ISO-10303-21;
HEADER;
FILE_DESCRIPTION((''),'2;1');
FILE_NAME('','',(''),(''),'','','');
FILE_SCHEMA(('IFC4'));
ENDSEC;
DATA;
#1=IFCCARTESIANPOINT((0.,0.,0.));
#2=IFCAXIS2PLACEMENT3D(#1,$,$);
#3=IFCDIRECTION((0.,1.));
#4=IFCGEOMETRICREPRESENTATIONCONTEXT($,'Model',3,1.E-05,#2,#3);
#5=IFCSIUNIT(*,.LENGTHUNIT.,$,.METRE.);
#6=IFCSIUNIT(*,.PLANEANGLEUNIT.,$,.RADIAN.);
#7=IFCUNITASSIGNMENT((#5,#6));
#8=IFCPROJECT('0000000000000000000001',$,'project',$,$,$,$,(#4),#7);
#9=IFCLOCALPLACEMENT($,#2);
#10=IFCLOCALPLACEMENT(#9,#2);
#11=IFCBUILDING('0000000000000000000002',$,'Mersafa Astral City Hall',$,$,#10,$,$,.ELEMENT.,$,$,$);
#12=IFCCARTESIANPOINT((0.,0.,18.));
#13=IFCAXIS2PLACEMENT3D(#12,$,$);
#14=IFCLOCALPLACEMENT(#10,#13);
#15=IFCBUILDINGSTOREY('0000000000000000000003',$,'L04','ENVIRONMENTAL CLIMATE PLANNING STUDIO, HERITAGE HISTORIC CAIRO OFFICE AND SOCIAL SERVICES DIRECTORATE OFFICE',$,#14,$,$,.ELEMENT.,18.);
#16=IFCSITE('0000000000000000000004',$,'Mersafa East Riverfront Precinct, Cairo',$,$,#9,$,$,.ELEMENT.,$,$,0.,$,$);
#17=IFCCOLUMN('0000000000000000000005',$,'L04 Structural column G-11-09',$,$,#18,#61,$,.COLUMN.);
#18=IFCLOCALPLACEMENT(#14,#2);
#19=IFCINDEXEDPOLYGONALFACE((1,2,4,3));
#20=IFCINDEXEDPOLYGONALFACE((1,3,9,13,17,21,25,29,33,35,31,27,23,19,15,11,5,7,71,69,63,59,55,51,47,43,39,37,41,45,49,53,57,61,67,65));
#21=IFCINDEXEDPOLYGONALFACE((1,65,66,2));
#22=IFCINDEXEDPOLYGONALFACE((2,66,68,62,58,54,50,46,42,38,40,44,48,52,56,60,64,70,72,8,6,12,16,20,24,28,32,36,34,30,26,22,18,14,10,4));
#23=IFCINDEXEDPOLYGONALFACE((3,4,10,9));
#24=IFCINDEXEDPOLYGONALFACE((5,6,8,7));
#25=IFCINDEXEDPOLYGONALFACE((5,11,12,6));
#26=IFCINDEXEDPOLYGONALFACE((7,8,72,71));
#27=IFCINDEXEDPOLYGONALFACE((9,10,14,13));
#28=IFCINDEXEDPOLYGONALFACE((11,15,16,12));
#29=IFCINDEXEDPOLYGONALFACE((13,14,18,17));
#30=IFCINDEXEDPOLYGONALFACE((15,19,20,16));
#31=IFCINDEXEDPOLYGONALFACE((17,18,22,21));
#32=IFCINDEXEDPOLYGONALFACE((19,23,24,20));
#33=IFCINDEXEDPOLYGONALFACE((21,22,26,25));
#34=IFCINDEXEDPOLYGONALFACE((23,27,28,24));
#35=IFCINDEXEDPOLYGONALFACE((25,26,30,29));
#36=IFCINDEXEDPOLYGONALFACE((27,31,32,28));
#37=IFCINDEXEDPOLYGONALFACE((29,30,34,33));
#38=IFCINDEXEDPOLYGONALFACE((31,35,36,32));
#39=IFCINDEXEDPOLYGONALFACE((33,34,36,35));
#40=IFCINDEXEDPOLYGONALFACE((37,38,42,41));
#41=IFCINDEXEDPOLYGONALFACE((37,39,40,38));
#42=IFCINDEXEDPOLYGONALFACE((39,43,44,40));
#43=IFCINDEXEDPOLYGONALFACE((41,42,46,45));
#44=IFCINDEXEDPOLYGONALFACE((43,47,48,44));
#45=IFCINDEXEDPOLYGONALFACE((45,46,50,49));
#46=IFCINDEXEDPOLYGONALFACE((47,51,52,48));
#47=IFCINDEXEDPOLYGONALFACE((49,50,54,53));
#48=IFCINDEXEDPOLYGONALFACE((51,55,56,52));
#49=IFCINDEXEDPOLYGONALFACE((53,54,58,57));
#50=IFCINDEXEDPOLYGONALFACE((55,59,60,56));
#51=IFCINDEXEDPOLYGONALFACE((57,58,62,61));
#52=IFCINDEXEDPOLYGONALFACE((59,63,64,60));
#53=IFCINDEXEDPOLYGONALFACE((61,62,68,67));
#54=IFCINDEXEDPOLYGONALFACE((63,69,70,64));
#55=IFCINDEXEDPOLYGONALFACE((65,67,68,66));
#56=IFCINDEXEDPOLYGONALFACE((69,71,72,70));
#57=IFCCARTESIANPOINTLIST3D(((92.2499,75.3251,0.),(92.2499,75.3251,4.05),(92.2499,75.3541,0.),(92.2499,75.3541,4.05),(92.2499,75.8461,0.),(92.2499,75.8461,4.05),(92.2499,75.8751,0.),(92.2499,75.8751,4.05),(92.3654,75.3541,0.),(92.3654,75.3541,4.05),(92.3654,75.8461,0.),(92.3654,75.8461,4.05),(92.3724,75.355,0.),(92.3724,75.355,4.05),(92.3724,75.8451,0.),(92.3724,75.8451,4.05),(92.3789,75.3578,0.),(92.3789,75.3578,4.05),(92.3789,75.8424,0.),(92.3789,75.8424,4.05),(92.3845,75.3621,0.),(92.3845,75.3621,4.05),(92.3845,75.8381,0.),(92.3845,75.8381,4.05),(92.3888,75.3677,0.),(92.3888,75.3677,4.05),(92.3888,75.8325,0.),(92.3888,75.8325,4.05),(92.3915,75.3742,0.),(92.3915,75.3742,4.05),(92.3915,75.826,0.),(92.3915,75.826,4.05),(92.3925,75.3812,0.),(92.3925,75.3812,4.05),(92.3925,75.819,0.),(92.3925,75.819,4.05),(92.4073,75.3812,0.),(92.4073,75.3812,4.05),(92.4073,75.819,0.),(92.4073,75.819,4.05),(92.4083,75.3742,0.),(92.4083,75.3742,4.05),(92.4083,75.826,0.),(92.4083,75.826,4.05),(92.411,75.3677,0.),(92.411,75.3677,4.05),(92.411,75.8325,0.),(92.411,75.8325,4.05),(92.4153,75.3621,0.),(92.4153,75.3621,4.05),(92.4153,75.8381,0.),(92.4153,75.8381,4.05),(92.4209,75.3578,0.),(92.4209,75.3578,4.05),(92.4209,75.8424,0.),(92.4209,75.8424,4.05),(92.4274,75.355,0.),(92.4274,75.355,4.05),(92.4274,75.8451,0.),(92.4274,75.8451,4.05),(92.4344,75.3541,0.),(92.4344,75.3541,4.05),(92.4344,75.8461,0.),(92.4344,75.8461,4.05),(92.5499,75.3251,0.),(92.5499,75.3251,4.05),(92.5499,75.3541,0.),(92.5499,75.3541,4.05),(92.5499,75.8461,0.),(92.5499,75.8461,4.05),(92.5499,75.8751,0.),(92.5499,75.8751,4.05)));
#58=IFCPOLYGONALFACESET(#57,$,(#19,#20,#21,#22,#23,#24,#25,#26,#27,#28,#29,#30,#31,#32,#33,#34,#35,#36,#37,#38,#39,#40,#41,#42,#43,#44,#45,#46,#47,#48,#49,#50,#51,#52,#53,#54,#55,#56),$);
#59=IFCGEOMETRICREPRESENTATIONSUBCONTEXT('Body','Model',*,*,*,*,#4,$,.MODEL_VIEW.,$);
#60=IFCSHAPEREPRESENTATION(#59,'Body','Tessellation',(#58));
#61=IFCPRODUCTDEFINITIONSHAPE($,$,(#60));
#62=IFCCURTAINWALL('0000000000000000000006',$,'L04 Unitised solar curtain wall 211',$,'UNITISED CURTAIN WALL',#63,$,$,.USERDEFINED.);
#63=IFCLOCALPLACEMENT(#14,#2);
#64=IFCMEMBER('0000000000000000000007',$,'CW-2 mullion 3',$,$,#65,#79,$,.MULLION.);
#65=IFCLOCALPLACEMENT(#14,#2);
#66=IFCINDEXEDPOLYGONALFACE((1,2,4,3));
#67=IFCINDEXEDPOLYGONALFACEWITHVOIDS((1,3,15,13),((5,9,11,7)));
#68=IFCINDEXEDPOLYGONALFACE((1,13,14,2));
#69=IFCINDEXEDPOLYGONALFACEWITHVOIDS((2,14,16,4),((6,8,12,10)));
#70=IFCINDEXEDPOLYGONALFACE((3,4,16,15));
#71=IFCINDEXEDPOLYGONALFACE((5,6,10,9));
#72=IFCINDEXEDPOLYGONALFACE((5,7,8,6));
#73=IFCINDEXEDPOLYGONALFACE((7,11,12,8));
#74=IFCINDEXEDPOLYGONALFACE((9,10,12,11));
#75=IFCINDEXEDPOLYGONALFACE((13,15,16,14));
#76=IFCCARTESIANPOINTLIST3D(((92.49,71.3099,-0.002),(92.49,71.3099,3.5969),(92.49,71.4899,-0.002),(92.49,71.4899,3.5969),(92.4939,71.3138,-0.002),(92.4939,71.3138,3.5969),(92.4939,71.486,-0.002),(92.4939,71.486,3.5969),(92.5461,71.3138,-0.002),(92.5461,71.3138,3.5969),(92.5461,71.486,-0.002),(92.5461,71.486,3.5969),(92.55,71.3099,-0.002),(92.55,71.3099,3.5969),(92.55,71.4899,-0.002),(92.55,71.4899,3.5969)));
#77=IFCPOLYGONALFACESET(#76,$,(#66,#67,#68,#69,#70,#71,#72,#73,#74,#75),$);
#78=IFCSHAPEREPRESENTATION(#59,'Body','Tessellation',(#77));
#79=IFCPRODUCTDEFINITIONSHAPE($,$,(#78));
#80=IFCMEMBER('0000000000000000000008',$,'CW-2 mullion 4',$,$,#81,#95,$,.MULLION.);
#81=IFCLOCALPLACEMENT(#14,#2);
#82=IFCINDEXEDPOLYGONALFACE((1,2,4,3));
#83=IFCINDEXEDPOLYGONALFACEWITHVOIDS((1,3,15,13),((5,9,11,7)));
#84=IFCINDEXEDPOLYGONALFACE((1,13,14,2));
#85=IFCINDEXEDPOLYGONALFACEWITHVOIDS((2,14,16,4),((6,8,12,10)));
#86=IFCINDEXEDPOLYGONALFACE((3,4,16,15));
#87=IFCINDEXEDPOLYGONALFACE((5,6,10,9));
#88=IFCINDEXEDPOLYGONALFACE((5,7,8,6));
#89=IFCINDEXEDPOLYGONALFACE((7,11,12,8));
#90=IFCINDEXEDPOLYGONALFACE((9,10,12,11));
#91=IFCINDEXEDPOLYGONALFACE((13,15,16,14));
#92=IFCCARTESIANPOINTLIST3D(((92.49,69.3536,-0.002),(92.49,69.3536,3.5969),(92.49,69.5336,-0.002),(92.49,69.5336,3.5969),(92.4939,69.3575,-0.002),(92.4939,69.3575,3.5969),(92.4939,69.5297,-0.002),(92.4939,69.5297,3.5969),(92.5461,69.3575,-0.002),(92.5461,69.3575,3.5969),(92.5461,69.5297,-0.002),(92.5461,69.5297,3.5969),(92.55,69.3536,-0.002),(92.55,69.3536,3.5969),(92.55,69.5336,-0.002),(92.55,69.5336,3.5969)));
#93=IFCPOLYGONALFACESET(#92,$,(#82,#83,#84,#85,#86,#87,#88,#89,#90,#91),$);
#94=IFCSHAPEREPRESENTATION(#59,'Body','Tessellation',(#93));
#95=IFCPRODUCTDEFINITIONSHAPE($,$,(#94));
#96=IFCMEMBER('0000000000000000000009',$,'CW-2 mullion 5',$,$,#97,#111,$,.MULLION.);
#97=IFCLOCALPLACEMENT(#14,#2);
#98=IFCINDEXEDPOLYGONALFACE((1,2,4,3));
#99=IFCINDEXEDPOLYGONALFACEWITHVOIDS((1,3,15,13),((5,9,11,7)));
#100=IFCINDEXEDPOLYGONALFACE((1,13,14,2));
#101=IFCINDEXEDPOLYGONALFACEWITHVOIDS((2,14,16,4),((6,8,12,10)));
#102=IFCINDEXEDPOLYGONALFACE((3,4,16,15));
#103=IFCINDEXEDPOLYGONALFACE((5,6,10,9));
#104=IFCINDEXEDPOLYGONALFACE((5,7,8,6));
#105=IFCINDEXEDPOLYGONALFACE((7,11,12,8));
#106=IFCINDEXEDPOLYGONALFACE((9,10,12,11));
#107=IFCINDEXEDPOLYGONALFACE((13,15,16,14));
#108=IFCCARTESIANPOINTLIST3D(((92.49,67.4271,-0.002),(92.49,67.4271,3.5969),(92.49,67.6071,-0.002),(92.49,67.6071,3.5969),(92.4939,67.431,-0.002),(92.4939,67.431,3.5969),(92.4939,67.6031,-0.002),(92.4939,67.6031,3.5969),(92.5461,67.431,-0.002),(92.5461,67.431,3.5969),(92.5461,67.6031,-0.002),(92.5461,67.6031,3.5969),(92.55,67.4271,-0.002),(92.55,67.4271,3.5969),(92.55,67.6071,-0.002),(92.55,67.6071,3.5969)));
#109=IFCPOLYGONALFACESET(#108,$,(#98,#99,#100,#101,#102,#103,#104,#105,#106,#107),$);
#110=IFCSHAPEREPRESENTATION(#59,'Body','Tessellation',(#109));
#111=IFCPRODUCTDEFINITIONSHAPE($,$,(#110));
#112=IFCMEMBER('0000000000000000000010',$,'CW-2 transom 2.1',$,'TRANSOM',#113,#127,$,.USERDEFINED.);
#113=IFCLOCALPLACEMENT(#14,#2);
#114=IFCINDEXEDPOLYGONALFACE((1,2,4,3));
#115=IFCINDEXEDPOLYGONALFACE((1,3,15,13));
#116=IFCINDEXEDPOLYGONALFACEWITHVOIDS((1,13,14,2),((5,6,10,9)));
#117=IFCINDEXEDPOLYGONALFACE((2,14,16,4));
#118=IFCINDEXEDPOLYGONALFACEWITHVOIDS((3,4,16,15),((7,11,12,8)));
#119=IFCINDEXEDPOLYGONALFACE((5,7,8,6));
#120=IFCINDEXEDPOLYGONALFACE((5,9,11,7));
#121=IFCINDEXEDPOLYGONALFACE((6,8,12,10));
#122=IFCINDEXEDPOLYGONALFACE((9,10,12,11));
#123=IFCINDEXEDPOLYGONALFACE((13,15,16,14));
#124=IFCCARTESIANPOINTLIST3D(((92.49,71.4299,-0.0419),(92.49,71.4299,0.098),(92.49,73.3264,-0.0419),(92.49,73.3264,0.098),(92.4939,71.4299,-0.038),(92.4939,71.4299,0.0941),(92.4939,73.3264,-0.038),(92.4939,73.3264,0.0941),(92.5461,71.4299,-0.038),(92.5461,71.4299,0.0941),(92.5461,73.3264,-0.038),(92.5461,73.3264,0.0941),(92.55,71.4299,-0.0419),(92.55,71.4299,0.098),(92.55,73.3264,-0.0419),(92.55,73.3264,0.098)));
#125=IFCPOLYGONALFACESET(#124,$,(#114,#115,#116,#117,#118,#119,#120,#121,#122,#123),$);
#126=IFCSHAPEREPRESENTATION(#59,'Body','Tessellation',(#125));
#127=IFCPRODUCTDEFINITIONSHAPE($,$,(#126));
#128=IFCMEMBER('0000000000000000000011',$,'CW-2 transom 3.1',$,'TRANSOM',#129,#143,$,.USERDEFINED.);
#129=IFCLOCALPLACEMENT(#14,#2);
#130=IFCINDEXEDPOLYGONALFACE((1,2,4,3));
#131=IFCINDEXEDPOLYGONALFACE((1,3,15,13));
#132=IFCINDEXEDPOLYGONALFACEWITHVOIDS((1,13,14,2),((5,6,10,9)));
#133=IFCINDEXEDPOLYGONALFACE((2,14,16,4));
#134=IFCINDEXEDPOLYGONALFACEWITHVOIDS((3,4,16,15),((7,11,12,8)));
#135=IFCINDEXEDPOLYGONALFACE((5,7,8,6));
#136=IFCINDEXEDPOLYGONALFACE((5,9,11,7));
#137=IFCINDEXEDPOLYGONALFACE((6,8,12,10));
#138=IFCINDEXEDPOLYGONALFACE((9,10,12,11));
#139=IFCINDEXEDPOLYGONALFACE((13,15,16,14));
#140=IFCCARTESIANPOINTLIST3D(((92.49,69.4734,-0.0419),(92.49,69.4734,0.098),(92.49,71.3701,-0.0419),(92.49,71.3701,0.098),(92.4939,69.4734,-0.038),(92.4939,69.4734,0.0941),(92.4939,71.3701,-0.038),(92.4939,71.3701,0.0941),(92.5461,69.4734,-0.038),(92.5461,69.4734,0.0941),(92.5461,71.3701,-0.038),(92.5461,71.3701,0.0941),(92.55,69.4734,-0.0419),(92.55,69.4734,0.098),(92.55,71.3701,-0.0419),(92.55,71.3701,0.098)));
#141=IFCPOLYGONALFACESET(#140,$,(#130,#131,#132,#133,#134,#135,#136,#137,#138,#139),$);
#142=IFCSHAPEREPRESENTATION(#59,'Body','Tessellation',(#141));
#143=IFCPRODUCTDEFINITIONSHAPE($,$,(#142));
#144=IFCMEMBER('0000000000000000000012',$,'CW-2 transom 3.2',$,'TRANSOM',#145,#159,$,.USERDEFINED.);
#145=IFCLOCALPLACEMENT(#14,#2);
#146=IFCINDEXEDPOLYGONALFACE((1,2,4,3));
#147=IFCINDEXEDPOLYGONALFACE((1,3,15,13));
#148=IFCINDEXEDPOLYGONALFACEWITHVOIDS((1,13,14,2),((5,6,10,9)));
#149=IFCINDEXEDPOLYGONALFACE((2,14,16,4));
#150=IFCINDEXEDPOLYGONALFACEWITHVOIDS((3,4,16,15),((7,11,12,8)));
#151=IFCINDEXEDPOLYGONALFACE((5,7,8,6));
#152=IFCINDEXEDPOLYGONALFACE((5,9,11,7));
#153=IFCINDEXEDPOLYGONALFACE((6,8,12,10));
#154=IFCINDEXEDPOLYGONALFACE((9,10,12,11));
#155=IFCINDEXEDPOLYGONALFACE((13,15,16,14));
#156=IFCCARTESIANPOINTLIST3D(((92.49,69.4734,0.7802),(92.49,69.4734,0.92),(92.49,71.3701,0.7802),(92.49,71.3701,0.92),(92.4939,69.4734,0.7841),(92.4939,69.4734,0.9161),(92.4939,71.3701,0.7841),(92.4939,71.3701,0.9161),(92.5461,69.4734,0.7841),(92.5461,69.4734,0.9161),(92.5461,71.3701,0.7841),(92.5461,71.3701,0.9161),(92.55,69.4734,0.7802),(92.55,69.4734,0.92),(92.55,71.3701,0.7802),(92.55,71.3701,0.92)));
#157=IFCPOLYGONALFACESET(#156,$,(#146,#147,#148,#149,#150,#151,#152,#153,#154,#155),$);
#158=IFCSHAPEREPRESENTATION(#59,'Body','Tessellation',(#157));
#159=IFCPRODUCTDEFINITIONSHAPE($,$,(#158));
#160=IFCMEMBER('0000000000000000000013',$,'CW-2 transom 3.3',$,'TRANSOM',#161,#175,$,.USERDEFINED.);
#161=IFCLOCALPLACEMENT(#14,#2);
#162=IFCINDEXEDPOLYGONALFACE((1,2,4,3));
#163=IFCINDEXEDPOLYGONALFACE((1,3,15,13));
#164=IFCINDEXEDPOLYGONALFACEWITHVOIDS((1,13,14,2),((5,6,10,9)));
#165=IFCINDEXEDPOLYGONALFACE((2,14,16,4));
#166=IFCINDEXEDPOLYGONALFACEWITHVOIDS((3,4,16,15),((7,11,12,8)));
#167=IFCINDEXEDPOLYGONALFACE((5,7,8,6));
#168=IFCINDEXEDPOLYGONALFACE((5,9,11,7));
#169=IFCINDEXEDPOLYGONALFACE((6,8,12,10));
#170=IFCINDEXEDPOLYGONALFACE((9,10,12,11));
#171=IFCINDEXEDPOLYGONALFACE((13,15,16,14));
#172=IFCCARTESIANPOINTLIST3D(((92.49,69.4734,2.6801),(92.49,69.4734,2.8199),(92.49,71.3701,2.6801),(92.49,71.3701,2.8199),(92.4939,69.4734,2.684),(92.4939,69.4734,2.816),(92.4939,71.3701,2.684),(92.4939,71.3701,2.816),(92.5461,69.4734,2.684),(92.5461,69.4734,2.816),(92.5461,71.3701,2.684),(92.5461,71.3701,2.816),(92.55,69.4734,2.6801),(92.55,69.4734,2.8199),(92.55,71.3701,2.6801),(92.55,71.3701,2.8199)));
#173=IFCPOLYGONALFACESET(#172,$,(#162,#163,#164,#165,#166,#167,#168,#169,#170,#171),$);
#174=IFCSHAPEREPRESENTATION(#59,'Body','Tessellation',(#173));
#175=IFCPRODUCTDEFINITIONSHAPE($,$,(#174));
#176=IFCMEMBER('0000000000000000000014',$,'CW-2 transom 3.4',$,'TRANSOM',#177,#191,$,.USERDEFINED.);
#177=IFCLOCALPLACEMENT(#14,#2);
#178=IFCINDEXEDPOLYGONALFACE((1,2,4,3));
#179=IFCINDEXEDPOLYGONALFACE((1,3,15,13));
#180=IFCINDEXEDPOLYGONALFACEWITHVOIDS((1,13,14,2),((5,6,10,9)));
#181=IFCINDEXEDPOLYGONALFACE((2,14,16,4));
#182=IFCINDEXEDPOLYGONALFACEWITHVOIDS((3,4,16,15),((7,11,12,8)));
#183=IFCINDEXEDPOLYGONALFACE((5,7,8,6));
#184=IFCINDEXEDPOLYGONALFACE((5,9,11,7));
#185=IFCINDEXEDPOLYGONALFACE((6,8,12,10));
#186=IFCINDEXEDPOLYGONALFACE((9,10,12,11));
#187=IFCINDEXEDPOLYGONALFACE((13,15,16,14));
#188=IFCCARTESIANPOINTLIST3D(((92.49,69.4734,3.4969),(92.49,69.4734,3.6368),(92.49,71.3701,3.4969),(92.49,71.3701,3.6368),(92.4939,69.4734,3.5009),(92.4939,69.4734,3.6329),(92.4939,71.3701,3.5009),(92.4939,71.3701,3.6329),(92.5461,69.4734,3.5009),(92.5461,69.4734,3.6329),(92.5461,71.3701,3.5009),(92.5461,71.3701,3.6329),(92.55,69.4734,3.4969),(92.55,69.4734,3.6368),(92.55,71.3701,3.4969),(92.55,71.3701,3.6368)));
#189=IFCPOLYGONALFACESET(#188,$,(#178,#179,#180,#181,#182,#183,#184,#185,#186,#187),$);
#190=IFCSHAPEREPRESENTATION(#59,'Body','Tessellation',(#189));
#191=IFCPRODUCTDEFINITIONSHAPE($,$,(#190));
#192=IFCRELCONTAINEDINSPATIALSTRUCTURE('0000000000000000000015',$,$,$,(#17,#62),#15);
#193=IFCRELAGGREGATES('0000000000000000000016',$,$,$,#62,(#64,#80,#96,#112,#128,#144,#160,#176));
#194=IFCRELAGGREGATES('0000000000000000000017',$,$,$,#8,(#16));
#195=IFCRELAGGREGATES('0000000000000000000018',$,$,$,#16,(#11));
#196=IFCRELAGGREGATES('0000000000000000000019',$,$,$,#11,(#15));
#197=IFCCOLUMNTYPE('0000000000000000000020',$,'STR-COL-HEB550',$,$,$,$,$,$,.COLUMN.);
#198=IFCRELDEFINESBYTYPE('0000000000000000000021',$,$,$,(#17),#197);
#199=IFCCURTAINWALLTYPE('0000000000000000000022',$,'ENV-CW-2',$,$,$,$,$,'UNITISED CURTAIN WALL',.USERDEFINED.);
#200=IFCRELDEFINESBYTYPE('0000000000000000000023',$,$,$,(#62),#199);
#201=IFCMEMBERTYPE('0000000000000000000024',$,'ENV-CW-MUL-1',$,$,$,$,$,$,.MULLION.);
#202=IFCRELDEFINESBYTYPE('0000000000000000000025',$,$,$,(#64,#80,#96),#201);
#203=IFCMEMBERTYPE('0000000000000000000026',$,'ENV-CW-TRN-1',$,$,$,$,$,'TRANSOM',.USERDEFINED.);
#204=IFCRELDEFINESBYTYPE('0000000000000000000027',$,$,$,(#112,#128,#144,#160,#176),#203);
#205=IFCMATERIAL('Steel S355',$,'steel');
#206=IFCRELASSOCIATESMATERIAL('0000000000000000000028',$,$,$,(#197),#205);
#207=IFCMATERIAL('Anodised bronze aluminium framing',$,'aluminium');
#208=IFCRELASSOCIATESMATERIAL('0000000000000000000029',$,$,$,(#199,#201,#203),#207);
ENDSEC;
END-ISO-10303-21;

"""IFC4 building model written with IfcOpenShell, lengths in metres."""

from ifc_helpers import new_model, si_unit, direction, frame, origin, origin_2d, place, context, subcontext, project, spatial, hollow_rectangle, i_section, extrude, material, material_profile, profile_set, type_object, element, aggregate, save


model = new_model("IFC4")

# Units and contexts
model_context = context("Model", 3, precision=1e-05, world=origin(), true_north=direction((0.0, 1.0)))
body_context = subcontext(model_context, "Body", "Model", "MODEL_VIEW")
ifc_project = project(units=[si_unit("LENGTHUNIT", "METRE"), si_unit("PLANEANGLEUNIT", "RADIAN")], contexts=[model_context])

# Site, building, storey
site_placement = place(None, origin())
site = spatial("IfcSite", under=ifc_project, at=site_placement, Name="Mersafa East Riverfront Precinct, Cairo", CompositionType="ELEMENT", RefElevation=0.0)
building_placement = place(site_placement, origin())
building = spatial("IfcBuilding", under=site, at=building_placement, Name="Mersafa Astral City Hall", CompositionType="ELEMENT")
storey_placement = place(building_placement, frame((0.0, 0.0, 18.0)))
storey = spatial("IfcBuildingStorey", under=building, at=storey_placement, Name="L04", Description="ENVIRONMENTAL CLIMATE PLANNING STUDIO, HERITAGE HISTORIC CAIRO OFFICE AND SOCIAL SERVICES DIRECTORATE OFFICE", CompositionType="ELEMENT", Elevation=18.0)

# Column
ifc_material_1 = material(Name="Steel S355", Category="steel")
ifc_material_profile_1 = material_profile(ifc_material_1, i_section(OverallWidth=0.3, OverallDepth=0.55, WebThickness=0.0149, FlangeThickness=0.0291, FilletRadius=0.0271, at=origin_2d()), Name="HEB 550")
ifc_profile_set_1 = profile_set([ifc_material_profile_1], Name="Steel S355")
column_type = type_object("IfcColumnType", Name="STR-COL-HEB550", PredefinedType="COLUMN", material=ifc_profile_set_1)
column_placement = place(storey_placement, frame((92.3999, 75.6001, 0.0), z_axis=(0.0, 0.0, 1.0), x_axis=(1.0, 0.0, 0.0)))
element("IfcColumn", 1, at=column_placement, inside=storey, type_object=column_type, Name="L04 Structural column G-11-09", PredefinedType="COLUMN", context=body_context, shape_type="SweptSolid", body=[
    extrude(i_section(OverallWidth=0.3, OverallDepth=0.55, WebThickness=0.0149, FlangeThickness=0.0291, FilletRadius=0.0271, at=origin_2d()), origin(), (0.0, 0.0, 1.0), 4.05),
])

# Curtain wall, members
ifc_material_2 = material(Name="Anodised bronze aluminium framing", Category="aluminium")
curtain_wall_type = type_object("IfcCurtainWallType", Name="ENV-CW-2", ElementType="UNITISED CURTAIN WALL", PredefinedType="USERDEFINED", material=ifc_material_2)
curtain_wall_placement = place(storey_placement, origin())
curtain_wall = element("IfcCurtainWall", 2, at=curtain_wall_placement, inside=storey, type_object=curtain_wall_type, Name="L04 Unitised solar curtain wall 211", ObjectType="UNITISED CURTAIN WALL", PredefinedType="USERDEFINED")
ifc_material_profile_2 = material_profile(ifc_material_2, hollow_rectangle(XDim=0.0601, YDim=0.1799, WallThickness=0.0039, at=origin_2d()), Name="RHS 60x180x4")
ifc_profile_set_2 = profile_set([ifc_material_profile_2], Name="Anodised bronze aluminium framing")
member_type_1 = type_object("IfcMemberType", Name="ENV-CW-MUL-1", PredefinedType="MULLION", material=ifc_profile_set_2)
member_1_placement = place(storey_placement, frame((92.52, 71.3999, -0.002), z_axis=(0.0, 0.0, 1.0), x_axis=(1.0, 0.0, 0.0)))
member_1 = element("IfcMember", 3, at=member_1_placement, type_object=member_type_1, Name="CW-2 mullion 3", PredefinedType="MULLION", context=body_context, shape_type="SweptSolid", body=[
    extrude(hollow_rectangle(XDim=0.0601, YDim=0.1799, WallThickness=0.0039, at=origin_2d()), origin(), (0.0, 0.0, 1.0), 3.5989),
])
member_2_placement = place(storey_placement, frame((92.52, 69.4436, -0.002), z_axis=(0.0, 0.0, 1.0), x_axis=(1.0, 0.0, 0.0)))
member_2 = element("IfcMember", 4, at=member_2_placement, type_object=member_type_1, Name="CW-2 mullion 4", PredefinedType="MULLION", context=body_context, shape_type="SweptSolid", body=[
    extrude(hollow_rectangle(XDim=0.0601, YDim=0.1799, WallThickness=0.0039, at=origin_2d()), origin(), (0.0, 0.0, 1.0), 3.5989),
])
member_3_placement = place(storey_placement, frame((92.52, 67.5171, -0.002), z_axis=(0.0, 0.0, 1.0), x_axis=(1.0, 0.0, 0.0)))
member_3 = element("IfcMember", 5, at=member_3_placement, type_object=member_type_1, Name="CW-2 mullion 5", PredefinedType="MULLION", context=body_context, shape_type="SweptSolid", body=[
    extrude(hollow_rectangle(XDim=0.0601, YDim=0.1799, WallThickness=0.0039, at=origin_2d()), origin(), (0.0, 0.0, 1.0), 3.5989),
])
ifc_material_profile_3 = material_profile(ifc_material_2, hollow_rectangle(XDim=0.0601, YDim=0.1399, WallThickness=0.0039, at=origin_2d()), Name="RHS 60x140x4")
ifc_profile_set_3 = profile_set([ifc_material_profile_3], Name="Anodised bronze aluminium framing")
member_type_2 = type_object("IfcMemberType", Name="ENV-CW-TRN-1", ElementType="TRANSOM", PredefinedType="USERDEFINED", material=ifc_profile_set_3)
member_4_placement = place(storey_placement, frame((92.52, 73.3264, 0.0281), z_axis=(0.0, -1.0, 0.0), x_axis=(1.0, 0.0, 0.0)))
member_4 = element("IfcMember", 6, at=member_4_placement, type_object=member_type_2, Name="CW-2 transom 2.1", ObjectType="TRANSOM", PredefinedType="USERDEFINED", context=body_context, shape_type="SweptSolid", body=[
    extrude(hollow_rectangle(XDim=0.0601, YDim=0.1399, WallThickness=0.0039, at=origin_2d()), origin(), (0.0, 0.0, 1.0), 1.8965),
])
member_5_placement = place(storey_placement, frame((92.52, 71.3701, 0.0281), z_axis=(0.0, -1.0, 0.0), x_axis=(1.0, 0.0, 0.0)))
member_5 = element("IfcMember", 7, at=member_5_placement, type_object=member_type_2, Name="CW-2 transom 3.1", ObjectType="TRANSOM", PredefinedType="USERDEFINED", context=body_context, shape_type="SweptSolid", body=[
    extrude(hollow_rectangle(XDim=0.0601, YDim=0.1399, WallThickness=0.0039, at=origin_2d()), origin(), (0.0, 0.0, 1.0), 1.8967),
])
member_6_placement = place(storey_placement, frame((92.52, 71.3701, 0.8501), z_axis=(0.0, -1.0, 0.0), x_axis=(1.0, 0.0, 0.0)))
member_6 = element("IfcMember", 8, at=member_6_placement, type_object=member_type_2, Name="CW-2 transom 3.2", ObjectType="TRANSOM", PredefinedType="USERDEFINED", context=body_context, shape_type="SweptSolid", body=[
    extrude(hollow_rectangle(XDim=0.0601, YDim=0.1399, WallThickness=0.0039, at=origin_2d()), origin(), (0.0, 0.0, 1.0), 1.8967),
])
member_7_placement = place(storey_placement, frame((92.52, 71.3701, 2.75), z_axis=(0.0, -1.0, 0.0), x_axis=(1.0, 0.0, 0.0)))
member_7 = element("IfcMember", 9, at=member_7_placement, type_object=member_type_2, Name="CW-2 transom 3.3", ObjectType="TRANSOM", PredefinedType="USERDEFINED", context=body_context, shape_type="SweptSolid", body=[
    extrude(hollow_rectangle(XDim=0.0601, YDim=0.1399, WallThickness=0.0039, at=origin_2d()), origin(), (0.0, 0.0, 1.0), 1.8967),
])
member_8_placement = place(storey_placement, frame((92.52, 71.3701, 3.5669), z_axis=(0.0, -1.0, 0.0), x_axis=(1.0, 0.0, 0.0)))
member_8 = element("IfcMember", 10, at=member_8_placement, type_object=member_type_2, Name="CW-2 transom 3.4", ObjectType="TRANSOM", PredefinedType="USERDEFINED", context=body_context, shape_type="SweptSolid", body=[
    extrude(hollow_rectangle(XDim=0.0601, YDim=0.1399, WallThickness=0.0039, at=origin_2d()), origin(), (0.0, 0.0, 1.0), 1.8967),
])

aggregate(curtain_wall, [member_1, member_2, member_3, member_4, member_5, member_6, member_7, member_8])

save(model, "model.ifc")
